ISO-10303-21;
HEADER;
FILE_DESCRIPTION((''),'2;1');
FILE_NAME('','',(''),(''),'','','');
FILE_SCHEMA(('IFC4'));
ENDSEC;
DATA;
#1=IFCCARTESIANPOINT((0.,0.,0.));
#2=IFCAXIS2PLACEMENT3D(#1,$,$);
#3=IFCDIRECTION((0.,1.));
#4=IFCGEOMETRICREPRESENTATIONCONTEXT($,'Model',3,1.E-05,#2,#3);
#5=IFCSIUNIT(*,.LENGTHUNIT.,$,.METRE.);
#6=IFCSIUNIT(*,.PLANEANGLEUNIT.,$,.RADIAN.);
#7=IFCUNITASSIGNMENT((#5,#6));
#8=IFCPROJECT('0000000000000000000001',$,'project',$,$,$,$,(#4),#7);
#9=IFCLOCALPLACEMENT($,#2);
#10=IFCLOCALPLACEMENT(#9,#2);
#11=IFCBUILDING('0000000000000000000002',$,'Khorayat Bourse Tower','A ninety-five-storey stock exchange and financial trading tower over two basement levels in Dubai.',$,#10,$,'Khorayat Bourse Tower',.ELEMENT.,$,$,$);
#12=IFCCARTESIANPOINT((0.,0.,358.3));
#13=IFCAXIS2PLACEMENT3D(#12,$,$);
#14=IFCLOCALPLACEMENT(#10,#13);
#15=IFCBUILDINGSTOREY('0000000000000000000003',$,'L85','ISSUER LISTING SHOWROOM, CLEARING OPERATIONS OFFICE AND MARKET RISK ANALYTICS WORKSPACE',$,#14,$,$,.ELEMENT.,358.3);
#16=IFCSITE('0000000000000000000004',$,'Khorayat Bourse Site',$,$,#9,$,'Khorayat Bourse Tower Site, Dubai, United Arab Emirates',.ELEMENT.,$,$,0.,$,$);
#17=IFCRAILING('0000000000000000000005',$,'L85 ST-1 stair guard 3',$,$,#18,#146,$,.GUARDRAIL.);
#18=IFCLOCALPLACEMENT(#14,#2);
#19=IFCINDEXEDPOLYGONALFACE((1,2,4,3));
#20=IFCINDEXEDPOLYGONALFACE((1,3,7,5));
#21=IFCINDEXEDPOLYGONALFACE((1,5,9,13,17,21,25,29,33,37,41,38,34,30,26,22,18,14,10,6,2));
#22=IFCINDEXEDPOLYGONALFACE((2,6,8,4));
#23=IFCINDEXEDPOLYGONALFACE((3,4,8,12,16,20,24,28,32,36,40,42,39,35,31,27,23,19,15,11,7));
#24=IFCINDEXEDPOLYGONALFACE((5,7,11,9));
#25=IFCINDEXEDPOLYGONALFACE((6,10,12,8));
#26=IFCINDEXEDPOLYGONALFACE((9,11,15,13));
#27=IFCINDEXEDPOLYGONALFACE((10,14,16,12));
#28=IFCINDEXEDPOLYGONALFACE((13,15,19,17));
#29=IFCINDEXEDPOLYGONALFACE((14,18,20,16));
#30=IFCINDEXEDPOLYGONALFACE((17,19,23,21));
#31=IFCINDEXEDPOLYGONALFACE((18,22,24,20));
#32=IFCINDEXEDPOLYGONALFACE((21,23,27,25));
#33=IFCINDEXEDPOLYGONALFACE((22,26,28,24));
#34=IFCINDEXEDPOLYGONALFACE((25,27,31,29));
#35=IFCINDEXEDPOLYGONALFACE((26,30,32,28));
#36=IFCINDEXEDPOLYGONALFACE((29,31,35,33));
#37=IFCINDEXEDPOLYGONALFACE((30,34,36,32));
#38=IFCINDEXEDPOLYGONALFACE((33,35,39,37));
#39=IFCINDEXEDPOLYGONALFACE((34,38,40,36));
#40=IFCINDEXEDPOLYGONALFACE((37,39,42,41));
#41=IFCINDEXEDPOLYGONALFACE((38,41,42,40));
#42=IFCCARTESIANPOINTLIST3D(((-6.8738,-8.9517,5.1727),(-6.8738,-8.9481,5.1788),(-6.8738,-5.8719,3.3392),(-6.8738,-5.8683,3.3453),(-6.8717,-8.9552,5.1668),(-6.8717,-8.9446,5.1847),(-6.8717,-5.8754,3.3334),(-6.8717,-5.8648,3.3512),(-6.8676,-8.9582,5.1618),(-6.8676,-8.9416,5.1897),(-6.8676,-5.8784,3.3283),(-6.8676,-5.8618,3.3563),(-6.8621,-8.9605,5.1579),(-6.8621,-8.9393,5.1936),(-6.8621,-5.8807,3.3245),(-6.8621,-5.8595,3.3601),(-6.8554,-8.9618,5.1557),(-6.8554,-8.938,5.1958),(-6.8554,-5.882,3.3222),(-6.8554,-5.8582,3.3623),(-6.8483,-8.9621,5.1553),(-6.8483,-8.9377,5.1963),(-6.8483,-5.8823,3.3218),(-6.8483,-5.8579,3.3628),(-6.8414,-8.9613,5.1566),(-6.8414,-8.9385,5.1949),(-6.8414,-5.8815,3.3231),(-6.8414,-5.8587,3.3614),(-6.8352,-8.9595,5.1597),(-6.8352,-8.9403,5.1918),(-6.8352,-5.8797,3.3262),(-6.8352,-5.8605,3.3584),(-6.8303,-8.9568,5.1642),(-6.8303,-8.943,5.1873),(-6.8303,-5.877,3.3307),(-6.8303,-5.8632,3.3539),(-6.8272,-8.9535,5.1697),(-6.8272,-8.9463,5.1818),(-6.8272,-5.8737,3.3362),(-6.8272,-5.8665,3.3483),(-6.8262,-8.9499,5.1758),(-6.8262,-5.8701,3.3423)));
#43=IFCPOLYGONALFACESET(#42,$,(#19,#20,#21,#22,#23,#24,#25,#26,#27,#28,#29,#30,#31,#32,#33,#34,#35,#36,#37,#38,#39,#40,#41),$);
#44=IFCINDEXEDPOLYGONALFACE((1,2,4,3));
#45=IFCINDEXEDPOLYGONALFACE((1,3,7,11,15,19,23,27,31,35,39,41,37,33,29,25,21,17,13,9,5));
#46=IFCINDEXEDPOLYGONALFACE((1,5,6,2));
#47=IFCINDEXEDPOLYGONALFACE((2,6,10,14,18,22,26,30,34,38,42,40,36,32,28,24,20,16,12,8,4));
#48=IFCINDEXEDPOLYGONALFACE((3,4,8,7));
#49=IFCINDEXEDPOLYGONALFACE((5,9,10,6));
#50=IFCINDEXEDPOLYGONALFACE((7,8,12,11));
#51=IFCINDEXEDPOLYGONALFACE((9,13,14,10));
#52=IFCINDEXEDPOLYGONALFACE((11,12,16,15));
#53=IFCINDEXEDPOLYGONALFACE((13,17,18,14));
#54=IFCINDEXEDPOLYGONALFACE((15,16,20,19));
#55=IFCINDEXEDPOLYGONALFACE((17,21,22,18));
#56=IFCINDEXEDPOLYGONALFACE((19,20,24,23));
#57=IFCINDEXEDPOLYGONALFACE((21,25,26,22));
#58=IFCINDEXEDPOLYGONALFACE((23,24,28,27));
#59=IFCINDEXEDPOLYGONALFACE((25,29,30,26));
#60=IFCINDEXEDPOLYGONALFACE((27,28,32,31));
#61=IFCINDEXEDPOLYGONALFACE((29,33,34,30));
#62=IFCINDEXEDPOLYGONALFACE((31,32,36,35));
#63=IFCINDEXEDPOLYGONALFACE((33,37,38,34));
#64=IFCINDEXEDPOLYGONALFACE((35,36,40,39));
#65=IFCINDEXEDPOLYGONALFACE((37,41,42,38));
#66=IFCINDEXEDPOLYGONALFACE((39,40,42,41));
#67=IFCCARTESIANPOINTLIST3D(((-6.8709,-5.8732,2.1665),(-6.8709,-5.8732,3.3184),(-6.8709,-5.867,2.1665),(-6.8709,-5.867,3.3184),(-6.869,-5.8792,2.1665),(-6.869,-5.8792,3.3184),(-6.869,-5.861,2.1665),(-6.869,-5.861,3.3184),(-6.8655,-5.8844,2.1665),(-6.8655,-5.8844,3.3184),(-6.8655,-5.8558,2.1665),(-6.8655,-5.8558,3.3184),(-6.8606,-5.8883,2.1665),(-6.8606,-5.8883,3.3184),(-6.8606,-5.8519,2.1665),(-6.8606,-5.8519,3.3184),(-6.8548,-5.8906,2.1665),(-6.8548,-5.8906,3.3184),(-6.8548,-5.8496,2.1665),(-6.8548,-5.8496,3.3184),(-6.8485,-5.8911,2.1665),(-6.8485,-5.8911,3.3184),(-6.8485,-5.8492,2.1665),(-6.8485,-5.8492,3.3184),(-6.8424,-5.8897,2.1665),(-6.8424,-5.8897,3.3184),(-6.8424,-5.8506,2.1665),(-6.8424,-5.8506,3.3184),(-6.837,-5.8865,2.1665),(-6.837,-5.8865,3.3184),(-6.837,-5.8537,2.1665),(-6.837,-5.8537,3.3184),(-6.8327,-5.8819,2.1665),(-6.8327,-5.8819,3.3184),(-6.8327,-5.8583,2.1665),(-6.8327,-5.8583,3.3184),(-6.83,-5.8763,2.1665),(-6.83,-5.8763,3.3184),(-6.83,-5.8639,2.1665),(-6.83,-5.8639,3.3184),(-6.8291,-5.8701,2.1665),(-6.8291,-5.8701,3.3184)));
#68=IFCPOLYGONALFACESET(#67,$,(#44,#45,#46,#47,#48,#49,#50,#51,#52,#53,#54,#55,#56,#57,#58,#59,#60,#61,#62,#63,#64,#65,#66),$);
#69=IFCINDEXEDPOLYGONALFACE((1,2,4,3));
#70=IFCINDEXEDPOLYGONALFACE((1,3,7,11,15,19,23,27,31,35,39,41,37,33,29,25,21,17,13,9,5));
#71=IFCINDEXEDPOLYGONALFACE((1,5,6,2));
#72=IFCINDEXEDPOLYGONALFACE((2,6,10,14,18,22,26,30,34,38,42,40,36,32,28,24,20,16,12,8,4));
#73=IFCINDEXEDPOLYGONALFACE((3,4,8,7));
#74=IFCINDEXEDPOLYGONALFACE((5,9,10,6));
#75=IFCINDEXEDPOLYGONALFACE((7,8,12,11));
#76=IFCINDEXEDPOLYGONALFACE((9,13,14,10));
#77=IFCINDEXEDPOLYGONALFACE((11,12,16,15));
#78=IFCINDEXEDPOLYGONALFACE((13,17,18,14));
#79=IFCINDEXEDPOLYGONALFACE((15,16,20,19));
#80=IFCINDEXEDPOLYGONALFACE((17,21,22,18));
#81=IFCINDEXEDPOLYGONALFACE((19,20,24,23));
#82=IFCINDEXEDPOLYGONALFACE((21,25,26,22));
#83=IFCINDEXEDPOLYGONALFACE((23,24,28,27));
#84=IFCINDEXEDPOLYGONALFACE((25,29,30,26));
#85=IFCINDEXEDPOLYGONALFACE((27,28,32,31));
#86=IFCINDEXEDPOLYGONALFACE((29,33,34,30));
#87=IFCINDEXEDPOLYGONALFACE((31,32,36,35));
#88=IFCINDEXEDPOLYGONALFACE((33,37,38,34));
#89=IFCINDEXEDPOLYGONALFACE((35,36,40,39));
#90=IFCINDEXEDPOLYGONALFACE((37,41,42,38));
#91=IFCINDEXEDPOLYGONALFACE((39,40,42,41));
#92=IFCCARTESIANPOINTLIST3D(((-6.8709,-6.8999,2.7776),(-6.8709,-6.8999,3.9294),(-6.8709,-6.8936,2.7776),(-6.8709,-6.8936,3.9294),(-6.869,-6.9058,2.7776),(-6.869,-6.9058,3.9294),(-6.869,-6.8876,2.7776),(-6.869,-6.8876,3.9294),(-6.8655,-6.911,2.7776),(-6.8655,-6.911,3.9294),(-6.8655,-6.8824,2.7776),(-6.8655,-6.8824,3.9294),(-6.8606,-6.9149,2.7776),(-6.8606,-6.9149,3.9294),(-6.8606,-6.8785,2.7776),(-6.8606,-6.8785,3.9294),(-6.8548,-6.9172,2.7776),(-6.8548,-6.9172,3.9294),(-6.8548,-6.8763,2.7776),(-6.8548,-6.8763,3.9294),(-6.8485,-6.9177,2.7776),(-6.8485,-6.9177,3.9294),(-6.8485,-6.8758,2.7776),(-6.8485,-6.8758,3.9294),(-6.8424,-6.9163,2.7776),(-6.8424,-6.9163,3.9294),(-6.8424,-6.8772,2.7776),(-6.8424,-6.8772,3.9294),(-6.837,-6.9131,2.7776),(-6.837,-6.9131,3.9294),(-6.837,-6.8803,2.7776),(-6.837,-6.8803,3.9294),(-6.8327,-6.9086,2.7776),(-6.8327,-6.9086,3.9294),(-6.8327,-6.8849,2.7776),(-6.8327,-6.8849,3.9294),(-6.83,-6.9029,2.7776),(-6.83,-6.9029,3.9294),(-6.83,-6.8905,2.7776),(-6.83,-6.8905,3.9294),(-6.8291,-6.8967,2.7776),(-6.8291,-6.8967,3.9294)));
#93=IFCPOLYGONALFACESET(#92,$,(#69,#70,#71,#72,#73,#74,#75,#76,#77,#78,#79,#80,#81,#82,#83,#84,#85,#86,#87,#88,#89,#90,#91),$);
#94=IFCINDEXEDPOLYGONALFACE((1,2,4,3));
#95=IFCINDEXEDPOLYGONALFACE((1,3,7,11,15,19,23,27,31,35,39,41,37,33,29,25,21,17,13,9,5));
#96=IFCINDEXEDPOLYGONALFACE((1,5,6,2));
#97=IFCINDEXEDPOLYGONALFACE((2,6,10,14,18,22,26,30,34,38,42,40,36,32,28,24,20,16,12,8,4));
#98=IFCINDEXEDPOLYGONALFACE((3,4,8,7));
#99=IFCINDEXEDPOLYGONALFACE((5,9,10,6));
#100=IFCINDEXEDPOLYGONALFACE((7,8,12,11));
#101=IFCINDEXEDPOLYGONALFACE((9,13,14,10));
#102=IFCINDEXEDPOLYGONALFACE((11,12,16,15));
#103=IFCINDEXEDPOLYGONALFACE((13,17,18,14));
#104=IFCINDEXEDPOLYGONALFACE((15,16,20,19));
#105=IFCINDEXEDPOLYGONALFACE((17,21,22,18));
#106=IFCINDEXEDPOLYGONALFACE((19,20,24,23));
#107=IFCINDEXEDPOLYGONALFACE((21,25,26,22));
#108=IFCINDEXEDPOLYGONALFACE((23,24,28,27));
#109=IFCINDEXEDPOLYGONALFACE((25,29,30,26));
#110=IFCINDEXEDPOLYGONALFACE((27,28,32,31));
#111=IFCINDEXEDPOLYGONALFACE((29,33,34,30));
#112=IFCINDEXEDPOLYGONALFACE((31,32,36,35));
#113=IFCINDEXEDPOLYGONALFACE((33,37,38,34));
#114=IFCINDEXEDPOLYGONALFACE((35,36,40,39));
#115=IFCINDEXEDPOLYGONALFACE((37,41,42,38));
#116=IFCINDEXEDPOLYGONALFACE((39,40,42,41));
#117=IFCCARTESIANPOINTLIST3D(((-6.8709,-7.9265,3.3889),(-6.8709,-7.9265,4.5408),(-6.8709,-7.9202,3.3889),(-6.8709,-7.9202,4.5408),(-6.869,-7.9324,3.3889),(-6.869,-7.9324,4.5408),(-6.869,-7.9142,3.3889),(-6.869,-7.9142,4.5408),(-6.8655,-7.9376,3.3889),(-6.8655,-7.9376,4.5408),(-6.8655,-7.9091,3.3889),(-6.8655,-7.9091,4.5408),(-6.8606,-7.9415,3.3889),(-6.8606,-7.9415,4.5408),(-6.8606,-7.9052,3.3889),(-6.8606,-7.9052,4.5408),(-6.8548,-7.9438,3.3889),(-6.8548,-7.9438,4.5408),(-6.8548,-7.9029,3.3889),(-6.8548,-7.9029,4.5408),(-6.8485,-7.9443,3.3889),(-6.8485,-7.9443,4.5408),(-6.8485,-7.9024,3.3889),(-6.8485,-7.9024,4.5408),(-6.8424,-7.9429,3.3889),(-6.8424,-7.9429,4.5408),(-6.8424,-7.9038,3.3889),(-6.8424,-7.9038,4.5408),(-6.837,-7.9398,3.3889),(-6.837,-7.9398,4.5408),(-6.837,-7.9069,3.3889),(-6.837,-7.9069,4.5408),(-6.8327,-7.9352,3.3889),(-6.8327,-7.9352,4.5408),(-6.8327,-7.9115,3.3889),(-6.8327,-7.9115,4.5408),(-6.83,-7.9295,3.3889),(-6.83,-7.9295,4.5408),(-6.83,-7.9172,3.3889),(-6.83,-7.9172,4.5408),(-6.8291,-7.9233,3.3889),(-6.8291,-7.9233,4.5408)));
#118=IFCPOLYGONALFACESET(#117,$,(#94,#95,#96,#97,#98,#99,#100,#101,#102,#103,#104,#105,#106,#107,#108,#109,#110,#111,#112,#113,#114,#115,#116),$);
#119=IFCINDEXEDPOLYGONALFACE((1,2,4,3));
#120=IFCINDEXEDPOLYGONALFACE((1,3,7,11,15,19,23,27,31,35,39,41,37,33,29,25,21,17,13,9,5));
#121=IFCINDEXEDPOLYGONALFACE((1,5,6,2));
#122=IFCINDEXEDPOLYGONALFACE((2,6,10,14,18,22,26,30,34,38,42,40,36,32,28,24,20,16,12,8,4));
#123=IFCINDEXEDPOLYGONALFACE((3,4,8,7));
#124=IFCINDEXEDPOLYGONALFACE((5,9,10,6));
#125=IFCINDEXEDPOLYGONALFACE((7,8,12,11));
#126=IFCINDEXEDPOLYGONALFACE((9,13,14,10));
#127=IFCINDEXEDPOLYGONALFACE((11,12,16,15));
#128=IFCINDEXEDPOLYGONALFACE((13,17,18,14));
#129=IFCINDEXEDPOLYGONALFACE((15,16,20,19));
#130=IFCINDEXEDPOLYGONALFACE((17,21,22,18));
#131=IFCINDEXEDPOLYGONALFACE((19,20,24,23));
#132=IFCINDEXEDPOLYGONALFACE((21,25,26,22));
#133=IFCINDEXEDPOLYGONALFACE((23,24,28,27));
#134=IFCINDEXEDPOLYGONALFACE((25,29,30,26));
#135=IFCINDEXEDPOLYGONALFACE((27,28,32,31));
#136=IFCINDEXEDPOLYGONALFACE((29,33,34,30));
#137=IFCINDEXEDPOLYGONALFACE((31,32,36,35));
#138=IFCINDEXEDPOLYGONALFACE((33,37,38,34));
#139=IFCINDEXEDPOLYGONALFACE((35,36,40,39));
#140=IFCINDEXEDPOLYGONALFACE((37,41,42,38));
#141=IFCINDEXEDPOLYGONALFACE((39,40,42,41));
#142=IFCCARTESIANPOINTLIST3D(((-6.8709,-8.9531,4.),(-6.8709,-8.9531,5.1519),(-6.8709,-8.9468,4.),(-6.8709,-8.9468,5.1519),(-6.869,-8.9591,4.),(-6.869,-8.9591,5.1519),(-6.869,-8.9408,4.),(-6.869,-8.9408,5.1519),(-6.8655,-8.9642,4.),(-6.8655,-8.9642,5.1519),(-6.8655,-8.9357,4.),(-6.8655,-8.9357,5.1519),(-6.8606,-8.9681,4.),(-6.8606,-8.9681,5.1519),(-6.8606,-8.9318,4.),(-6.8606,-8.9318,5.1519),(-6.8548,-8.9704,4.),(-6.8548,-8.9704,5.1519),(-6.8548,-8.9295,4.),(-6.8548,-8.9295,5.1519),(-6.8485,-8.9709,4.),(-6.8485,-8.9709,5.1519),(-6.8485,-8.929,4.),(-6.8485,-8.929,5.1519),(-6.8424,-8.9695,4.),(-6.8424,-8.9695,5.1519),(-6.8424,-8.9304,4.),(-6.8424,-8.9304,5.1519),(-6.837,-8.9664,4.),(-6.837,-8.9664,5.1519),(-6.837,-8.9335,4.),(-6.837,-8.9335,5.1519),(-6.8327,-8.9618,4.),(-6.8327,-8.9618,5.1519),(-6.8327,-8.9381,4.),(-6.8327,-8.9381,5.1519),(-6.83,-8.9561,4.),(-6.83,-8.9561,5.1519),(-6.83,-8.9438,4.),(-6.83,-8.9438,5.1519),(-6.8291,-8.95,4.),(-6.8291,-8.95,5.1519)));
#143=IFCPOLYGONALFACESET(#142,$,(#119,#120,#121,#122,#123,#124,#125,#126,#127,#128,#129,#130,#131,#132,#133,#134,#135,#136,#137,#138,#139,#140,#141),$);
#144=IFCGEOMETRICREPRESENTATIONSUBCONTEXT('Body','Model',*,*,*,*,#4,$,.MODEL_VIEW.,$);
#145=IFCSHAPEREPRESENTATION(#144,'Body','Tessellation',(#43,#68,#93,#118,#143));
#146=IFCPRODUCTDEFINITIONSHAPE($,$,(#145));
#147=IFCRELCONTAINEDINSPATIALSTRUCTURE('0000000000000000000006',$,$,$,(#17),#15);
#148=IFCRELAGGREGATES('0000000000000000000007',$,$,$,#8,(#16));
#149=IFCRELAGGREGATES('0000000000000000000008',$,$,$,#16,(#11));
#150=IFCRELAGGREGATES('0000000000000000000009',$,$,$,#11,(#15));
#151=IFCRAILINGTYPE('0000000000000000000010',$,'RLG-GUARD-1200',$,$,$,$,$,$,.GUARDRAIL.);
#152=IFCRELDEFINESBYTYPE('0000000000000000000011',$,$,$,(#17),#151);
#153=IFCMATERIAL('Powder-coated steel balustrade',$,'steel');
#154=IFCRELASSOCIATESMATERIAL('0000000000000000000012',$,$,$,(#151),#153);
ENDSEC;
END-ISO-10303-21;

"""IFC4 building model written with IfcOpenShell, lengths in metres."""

from ifc_helpers import new_model, si_unit, direction, frame, origin, origin_2d, place, context, subcontext, project, spatial, circle, extrude, source, transform, mapped, material, type_object, element, save


model = new_model("IFC4")

# Units and contexts
model_context = context("Model", 3, precision=1e-05, world=origin(), true_north=direction((0.0, 1.0)))
body_context = subcontext(model_context, "Body", "Model", "MODEL_VIEW")
ifc_project = project(units=[si_unit("LENGTHUNIT", "METRE"), si_unit("PLANEANGLEUNIT", "RADIAN")], contexts=[model_context])

# Site, building, storey
site_placement = place(None, origin())
site = spatial("IfcSite", under=ifc_project, at=site_placement, Name="Khorayat Bourse Site", LongName="Khorayat Bourse Tower Site, Dubai, United Arab Emirates", CompositionType="ELEMENT", RefElevation=0.0)
building_placement = place(site_placement, origin())
building = spatial("IfcBuilding", under=site, at=building_placement, Name="Khorayat Bourse Tower", Description="A ninety-five-storey stock exchange and financial trading tower over two basement levels in Dubai.", LongName="Khorayat Bourse Tower", CompositionType="ELEMENT")
storey_placement = place(building_placement, frame((0.0, 0.0, 358.3)))
storey = spatial("IfcBuildingStorey", under=building, at=storey_placement, Name="L85", Description="ISSUER LISTING SHOWROOM, CLEARING OPERATIONS OFFICE AND MARKET RISK ANALYTICS WORKSPACE", CompositionType="ELEMENT", Elevation=358.3)

# Railing
ifc_material_1 = material(Name="Powder-coated steel balustrade", Category="steel")
railing_type_1 = type_object("IfcRailingType", Name="RLG-GUARD-1200", PredefinedType="GUARDRAIL", material=ifc_material_1)
shared_shape_1 = source(origin(), body_context, "Body", "SweptSolid", [
    extrude(circle(Radius=0.0239, at=origin_2d()), frame((0.0, 0.0, 1.1758), z_axis=(0.0, -0.859261, 0.511538), x_axis=(1.0, 0.0, 0.0)), (0.0, 0.0, 1.0), 3.5842),
    extrude(circle(Radius=0.021, at=origin_2d()), origin(), (0.0, 0.0, 1.0), 1.1519),
    extrude(circle(Radius=0.021, at=origin_2d()), frame((0.0, -1.0266, 0.6111)), (0.0, 0.0, 1.0), 1.1519),
    extrude(circle(Radius=0.021, at=origin_2d()), frame((0.0, -2.0532, 1.2224)), (0.0, 0.0, 1.0), 1.1519),
    extrude(circle(Radius=0.021, at=origin_2d()), frame((0.0, -3.0798, 1.8335)), (0.0, 0.0, 1.0), 1.1519),
])
railing_1_placement = place(storey_placement, frame((-6.8501, -5.8701, 2.1665)))
element("IfcRailing", 1, at=railing_1_placement, inside=storey, type_object=railing_type_1, Name="L85 ST-1 stair guard 3", PredefinedType="GUARDRAIL", context=body_context, shape_type="MappedRepresentation", body=[
    mapped(shared_shape_1, transform((0.0, 0.0, 0.0), scale=1.0)),
])

save(model, "model.ifc")
